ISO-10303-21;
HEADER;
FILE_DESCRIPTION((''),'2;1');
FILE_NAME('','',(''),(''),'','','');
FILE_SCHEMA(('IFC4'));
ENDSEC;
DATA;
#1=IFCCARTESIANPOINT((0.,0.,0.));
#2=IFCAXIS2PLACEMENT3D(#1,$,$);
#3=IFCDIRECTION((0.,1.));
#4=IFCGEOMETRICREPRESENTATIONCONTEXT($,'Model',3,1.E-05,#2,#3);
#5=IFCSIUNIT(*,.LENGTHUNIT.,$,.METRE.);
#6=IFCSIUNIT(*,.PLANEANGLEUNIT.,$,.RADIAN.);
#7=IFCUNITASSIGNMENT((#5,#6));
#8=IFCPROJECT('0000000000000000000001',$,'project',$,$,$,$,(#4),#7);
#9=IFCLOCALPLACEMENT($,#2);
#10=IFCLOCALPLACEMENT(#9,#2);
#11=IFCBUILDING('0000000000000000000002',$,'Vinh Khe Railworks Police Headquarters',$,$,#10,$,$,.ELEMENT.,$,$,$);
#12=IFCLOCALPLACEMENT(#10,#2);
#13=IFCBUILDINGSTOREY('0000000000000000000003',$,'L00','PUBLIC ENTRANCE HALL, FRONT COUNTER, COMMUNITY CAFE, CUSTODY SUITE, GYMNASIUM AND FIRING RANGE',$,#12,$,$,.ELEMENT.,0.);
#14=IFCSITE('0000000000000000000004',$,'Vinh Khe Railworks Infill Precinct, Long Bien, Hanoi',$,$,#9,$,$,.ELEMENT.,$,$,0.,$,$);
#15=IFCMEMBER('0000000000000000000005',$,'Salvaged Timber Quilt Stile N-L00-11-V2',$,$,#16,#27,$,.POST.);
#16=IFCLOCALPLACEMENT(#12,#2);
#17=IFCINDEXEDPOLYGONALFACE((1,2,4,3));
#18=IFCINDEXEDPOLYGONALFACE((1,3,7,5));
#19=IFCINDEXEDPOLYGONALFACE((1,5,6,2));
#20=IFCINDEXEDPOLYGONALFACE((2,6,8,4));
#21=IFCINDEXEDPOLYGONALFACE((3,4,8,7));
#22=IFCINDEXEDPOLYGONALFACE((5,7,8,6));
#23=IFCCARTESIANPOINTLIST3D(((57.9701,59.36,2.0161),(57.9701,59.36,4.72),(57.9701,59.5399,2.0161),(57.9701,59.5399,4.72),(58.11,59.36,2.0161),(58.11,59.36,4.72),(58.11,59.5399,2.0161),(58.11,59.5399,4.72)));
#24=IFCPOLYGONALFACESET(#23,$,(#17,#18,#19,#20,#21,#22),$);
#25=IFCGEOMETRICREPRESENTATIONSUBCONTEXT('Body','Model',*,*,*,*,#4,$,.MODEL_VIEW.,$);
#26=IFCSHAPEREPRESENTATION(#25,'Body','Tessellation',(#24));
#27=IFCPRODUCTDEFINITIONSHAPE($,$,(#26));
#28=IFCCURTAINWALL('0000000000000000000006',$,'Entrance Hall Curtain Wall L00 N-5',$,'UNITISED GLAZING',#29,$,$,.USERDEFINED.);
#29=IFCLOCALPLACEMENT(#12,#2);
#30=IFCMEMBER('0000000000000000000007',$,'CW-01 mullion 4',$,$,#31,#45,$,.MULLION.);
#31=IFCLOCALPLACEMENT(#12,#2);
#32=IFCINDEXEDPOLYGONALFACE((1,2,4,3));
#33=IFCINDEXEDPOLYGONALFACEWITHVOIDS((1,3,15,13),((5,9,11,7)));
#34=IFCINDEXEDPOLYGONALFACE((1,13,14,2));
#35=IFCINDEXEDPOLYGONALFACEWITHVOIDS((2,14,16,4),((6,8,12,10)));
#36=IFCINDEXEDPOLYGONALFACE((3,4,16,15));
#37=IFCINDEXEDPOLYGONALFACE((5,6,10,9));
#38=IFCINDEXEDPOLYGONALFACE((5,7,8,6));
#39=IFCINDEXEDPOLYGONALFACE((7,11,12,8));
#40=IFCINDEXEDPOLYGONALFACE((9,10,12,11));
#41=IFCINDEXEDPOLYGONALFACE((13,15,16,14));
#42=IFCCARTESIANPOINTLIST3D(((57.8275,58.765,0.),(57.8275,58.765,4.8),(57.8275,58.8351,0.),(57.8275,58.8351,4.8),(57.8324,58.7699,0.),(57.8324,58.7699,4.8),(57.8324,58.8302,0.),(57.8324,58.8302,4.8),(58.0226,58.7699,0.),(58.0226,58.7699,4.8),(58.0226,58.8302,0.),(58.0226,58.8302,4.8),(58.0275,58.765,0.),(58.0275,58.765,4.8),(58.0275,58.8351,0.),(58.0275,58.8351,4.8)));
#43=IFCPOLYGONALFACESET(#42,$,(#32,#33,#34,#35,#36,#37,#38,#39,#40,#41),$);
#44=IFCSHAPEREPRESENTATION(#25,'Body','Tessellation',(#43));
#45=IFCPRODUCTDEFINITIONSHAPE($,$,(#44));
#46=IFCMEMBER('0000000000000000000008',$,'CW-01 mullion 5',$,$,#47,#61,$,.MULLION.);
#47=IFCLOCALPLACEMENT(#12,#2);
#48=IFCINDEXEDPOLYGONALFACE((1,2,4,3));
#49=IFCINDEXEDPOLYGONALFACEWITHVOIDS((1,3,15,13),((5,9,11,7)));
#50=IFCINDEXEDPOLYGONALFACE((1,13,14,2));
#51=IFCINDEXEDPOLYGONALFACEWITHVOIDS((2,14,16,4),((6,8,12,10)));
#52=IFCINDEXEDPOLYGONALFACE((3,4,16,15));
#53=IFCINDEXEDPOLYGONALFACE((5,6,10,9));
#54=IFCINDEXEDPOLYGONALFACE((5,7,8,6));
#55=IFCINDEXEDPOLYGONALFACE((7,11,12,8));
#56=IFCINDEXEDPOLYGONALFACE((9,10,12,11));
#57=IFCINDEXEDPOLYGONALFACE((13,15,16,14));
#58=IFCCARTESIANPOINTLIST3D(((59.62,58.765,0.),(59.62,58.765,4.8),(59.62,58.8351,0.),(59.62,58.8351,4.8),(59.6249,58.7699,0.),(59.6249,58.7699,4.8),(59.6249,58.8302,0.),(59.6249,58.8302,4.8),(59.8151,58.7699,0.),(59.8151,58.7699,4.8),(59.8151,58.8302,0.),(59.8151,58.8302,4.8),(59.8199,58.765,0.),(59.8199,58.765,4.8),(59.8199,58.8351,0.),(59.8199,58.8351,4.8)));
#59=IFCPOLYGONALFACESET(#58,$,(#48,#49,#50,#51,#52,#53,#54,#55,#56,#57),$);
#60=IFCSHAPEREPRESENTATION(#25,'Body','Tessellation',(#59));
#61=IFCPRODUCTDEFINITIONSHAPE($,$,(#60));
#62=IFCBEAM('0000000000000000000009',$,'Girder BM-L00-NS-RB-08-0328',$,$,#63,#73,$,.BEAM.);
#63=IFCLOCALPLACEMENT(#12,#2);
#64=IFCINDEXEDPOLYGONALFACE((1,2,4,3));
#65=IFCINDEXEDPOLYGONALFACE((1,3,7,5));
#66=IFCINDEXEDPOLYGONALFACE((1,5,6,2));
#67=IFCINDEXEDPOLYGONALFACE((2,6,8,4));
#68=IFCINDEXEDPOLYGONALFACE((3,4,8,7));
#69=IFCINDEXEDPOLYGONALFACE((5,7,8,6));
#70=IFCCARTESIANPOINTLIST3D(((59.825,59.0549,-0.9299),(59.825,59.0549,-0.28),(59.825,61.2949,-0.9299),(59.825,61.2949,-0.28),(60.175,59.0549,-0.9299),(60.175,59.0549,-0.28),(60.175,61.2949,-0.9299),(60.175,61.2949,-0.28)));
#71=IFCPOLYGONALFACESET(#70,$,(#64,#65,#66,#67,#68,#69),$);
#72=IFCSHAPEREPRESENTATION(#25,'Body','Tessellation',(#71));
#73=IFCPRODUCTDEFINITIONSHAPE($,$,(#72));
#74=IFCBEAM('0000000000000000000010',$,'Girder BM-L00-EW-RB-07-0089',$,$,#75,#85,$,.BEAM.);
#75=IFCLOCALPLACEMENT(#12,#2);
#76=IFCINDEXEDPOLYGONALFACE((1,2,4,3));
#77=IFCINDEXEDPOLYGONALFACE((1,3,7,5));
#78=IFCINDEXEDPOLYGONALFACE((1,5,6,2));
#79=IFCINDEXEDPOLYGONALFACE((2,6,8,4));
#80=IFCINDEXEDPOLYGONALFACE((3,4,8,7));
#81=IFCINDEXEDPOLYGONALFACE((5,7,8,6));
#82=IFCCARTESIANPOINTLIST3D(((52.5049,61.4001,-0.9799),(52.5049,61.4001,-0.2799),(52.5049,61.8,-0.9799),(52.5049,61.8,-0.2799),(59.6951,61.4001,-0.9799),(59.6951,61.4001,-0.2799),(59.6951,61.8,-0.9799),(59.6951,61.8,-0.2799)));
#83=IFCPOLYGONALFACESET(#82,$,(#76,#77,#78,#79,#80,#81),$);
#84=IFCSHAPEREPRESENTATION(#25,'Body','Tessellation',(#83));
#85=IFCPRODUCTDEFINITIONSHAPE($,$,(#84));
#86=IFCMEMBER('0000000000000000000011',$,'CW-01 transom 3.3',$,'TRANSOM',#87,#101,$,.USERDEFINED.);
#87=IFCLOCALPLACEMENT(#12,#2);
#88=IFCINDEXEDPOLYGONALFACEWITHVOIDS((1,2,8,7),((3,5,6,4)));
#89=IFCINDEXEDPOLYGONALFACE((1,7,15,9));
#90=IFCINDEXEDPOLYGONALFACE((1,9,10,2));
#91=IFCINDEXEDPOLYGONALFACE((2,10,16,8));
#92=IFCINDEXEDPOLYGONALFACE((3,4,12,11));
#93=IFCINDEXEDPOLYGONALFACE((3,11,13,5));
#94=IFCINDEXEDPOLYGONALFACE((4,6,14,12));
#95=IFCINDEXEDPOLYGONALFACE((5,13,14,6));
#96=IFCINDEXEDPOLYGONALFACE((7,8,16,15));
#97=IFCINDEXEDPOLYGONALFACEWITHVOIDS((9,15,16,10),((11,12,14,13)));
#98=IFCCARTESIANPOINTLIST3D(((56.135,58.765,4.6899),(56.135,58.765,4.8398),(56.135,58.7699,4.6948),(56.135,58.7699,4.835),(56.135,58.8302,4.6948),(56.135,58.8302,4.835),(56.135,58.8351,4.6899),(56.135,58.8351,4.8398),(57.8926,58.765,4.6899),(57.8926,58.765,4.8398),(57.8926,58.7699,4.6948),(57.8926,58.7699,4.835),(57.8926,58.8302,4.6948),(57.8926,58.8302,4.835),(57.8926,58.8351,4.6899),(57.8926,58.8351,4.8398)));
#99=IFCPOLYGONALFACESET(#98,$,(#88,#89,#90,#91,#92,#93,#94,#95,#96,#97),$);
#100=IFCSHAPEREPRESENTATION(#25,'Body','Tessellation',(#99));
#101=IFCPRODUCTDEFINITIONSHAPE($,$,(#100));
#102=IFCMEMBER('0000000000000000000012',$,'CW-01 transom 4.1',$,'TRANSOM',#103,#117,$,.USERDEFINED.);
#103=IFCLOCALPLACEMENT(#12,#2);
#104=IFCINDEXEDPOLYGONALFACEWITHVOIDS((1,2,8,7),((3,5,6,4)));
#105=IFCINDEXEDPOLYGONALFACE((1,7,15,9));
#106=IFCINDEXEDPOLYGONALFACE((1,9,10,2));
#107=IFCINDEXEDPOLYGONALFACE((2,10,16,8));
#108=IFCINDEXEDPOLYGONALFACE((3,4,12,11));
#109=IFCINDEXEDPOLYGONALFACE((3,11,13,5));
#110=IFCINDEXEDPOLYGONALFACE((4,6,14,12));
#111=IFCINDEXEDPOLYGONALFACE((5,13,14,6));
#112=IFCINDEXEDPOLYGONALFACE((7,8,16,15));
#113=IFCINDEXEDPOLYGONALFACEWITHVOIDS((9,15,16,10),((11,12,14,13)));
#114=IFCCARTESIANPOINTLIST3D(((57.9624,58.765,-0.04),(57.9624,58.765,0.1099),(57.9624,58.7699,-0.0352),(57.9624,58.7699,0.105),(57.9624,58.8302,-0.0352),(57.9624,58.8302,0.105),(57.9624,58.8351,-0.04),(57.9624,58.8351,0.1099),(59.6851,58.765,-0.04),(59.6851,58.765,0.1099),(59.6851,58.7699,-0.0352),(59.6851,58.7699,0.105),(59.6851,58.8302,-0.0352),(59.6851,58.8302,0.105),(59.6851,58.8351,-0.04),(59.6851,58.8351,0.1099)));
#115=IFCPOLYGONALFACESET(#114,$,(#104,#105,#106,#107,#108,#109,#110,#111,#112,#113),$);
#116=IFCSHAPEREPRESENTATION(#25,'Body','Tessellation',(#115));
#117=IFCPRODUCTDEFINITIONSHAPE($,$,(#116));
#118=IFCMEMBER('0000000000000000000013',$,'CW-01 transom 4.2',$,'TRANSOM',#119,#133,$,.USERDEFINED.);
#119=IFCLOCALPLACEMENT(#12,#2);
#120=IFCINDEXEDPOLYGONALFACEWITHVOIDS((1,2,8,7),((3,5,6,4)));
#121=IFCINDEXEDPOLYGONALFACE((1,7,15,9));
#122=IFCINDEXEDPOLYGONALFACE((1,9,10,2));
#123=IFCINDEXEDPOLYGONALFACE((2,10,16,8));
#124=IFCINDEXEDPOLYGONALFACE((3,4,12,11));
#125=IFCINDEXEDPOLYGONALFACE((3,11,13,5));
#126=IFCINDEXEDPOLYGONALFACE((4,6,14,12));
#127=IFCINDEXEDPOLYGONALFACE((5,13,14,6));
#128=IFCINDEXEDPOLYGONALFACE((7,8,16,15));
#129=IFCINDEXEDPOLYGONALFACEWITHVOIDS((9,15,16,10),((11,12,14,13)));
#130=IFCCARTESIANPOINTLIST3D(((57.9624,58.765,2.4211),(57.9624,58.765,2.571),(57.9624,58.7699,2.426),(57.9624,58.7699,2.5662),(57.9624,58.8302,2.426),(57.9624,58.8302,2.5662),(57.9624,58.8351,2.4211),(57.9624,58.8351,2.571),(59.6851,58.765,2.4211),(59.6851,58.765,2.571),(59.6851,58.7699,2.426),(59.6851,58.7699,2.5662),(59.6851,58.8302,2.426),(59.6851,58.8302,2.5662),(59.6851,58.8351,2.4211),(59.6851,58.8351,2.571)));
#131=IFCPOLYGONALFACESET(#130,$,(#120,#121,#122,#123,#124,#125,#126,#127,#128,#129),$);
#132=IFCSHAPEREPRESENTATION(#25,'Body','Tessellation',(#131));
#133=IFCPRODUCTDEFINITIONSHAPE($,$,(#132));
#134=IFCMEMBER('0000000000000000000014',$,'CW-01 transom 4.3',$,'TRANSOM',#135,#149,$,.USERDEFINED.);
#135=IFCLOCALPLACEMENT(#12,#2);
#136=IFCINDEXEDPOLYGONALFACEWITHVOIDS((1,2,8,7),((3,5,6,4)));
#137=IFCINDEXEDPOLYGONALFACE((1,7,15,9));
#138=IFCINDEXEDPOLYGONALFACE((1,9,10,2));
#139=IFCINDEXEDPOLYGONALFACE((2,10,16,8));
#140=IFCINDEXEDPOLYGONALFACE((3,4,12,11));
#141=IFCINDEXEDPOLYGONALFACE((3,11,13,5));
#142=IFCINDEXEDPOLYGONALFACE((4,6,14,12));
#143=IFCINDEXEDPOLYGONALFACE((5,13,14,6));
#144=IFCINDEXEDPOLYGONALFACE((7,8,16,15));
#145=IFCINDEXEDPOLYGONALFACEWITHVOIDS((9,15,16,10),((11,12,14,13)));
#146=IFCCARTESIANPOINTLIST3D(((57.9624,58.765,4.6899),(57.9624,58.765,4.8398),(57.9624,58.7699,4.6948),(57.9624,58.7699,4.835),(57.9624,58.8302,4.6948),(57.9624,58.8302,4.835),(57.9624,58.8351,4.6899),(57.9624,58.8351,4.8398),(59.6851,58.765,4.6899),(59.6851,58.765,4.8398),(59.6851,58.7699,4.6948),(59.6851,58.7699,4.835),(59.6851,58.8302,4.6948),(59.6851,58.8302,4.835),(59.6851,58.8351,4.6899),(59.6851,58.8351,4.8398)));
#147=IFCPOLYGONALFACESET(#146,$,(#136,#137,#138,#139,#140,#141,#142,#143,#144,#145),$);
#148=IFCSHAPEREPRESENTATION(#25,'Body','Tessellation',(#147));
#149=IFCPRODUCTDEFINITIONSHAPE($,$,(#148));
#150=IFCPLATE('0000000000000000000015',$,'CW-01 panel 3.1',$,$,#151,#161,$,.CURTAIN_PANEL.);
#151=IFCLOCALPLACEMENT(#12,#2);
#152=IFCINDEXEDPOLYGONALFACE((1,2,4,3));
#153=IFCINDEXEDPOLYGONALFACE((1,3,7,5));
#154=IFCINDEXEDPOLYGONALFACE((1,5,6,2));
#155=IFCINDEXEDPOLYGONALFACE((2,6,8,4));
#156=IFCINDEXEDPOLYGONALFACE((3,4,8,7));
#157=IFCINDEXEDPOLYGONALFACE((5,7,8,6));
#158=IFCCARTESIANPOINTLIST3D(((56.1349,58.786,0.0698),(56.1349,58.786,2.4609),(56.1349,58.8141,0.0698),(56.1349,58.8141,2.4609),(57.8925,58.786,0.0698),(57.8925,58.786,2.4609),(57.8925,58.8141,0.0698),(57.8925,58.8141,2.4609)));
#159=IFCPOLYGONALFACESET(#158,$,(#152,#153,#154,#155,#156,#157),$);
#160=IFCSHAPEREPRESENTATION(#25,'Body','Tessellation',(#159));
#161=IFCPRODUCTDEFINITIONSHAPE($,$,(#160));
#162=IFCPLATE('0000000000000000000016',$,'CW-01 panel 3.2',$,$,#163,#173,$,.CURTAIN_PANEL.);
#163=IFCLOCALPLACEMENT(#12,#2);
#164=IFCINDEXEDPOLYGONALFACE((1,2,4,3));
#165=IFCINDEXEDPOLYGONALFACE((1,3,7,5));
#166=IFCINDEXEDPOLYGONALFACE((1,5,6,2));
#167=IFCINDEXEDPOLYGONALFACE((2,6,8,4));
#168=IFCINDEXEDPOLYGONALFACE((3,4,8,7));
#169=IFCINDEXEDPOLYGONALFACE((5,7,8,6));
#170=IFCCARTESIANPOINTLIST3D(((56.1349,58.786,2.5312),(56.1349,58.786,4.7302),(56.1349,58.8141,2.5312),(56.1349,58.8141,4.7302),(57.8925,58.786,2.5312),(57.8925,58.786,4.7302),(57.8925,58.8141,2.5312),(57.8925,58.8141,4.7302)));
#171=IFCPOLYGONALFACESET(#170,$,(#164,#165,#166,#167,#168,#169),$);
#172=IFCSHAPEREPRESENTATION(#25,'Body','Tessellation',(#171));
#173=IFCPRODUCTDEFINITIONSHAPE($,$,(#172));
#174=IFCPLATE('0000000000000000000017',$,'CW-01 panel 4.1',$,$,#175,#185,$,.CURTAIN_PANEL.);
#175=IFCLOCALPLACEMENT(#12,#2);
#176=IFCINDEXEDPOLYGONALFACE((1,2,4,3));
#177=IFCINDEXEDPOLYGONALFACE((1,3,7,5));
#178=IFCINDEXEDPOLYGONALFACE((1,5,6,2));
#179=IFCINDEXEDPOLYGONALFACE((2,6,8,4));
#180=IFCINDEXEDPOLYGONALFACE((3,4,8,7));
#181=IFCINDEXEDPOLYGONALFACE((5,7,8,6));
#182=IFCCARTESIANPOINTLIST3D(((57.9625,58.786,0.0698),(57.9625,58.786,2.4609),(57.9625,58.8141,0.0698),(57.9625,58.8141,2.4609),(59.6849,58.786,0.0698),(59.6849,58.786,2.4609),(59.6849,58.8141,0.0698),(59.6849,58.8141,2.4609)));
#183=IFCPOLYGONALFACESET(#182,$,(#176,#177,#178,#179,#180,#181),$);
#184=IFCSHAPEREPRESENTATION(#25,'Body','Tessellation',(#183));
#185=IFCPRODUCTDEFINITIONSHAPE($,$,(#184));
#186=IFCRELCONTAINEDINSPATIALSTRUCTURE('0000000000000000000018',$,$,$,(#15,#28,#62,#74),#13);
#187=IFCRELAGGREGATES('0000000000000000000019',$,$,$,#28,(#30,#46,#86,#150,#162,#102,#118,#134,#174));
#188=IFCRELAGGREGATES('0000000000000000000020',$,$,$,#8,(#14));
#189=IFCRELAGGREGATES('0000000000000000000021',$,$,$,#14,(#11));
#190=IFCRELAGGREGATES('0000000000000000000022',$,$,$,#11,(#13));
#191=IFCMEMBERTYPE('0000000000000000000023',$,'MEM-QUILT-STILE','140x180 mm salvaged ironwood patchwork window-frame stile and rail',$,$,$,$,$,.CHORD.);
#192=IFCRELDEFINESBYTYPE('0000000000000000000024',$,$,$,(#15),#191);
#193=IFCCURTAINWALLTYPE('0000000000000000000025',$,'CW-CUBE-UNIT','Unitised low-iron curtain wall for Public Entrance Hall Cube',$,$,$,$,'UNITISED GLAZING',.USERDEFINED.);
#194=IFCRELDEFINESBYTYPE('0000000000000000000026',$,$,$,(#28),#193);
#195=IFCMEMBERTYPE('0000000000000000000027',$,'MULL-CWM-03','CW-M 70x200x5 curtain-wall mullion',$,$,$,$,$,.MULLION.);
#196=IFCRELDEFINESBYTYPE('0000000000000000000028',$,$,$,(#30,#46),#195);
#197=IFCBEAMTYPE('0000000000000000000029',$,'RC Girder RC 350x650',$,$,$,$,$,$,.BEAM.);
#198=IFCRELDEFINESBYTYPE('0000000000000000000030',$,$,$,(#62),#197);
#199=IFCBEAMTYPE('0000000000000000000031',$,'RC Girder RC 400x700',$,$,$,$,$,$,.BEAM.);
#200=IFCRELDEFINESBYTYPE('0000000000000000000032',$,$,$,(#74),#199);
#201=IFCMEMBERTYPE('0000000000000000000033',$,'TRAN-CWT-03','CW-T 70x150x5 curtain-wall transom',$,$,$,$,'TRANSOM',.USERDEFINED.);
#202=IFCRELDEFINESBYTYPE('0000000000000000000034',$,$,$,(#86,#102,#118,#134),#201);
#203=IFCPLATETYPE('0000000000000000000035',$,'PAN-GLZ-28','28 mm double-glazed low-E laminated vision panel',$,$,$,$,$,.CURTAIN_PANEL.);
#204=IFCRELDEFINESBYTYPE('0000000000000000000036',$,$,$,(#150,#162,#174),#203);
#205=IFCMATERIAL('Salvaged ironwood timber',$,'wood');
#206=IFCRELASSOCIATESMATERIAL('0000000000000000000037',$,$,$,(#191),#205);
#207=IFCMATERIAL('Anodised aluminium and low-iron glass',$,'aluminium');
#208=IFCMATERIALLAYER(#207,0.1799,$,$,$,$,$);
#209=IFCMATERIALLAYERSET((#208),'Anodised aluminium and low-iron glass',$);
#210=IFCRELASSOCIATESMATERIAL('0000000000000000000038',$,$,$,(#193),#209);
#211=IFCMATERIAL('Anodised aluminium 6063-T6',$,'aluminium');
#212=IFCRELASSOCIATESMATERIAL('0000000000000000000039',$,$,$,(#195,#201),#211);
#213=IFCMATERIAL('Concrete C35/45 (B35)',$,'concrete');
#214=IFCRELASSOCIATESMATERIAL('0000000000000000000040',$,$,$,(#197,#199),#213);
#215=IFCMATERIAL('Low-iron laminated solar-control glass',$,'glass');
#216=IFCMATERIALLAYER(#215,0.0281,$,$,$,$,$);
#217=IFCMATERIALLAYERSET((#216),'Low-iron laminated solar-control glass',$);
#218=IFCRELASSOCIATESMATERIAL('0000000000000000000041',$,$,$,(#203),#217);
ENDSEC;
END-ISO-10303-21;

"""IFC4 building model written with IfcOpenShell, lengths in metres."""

from ifc_helpers import new_model, si_unit, direction, frame, origin, origin_2d, place, context, subcontext, project, spatial, rectangle, hollow_rectangle, extrude, material, layer, layer_set, material_profile, profile_set, type_object, element, aggregate, save


model = new_model("IFC4")

# Units and contexts
model_context = context("Model", 3, precision=1e-05, world=origin(), true_north=direction((0.0, 1.0)))
body_context = subcontext(model_context, "Body", "Model", "MODEL_VIEW")
ifc_project = project(units=[si_unit("LENGTHUNIT", "METRE"), si_unit("PLANEANGLEUNIT", "RADIAN")], contexts=[model_context])

# Site, building, storey
site_placement = place(None, origin())
site = spatial("IfcSite", under=ifc_project, at=site_placement, Name="Vinh Khe Railworks Infill Precinct, Long Bien, Hanoi", CompositionType="ELEMENT", RefElevation=0.0)
building_placement = place(site_placement, origin())
building = spatial("IfcBuilding", under=site, at=building_placement, Name="Vinh Khe Railworks Police Headquarters", CompositionType="ELEMENT")
storey_placement = place(building_placement, origin())
storey = spatial("IfcBuildingStorey", under=building, at=storey_placement, Name="L00", Description="PUBLIC ENTRANCE HALL, FRONT COUNTER, COMMUNITY CAFE, CUSTODY SUITE, GYMNASIUM AND FIRING RANGE", CompositionType="ELEMENT", Elevation=0.0)

# Member
ifc_material_1 = material(Name="Salvaged ironwood timber", Category="wood")
ifc_material_profile_1 = material_profile(ifc_material_1, rectangle(XDim=0.1399, YDim=0.1799, at=origin_2d()), Name="TIMBER 140x180")
ifc_profile_set_1 = profile_set([ifc_material_profile_1], Name="Salvaged ironwood timber")
member_type_1 = type_object("IfcMemberType", Name="MEM-QUILT-STILE", Description="140x180 mm salvaged ironwood patchwork window-frame stile and rail", PredefinedType="CHORD", material=ifc_profile_set_1)
member_1_placement = place(storey_placement, frame((58.04, 59.45, 2.0161), z_axis=(0.0, 0.0, 1.0), x_axis=(1.0, 0.0, 0.0)))
element("IfcMember", 1, at=member_1_placement, inside=storey, type_object=member_type_1, Name="Salvaged Timber Quilt Stile N-L00-11-V2", PredefinedType="POST", context=body_context, shape_type="SweptSolid", body=[
    extrude(rectangle(XDim=0.1399, YDim=0.1799, at=origin_2d()), origin(), (0.0, 0.0, 1.0), 2.7039),
])

# Curtain wall, members
ifc_material_2 = material(Name="Anodised aluminium and low-iron glass", Category="aluminium")
ifc_layer_1 = layer(ifc_material_2, 0.1799)
ifc_layer_set_1 = layer_set([ifc_layer_1], Name="Anodised aluminium and low-iron glass")
curtain_wall_type = type_object("IfcCurtainWallType", Name="CW-CUBE-UNIT", Description="Unitised low-iron curtain wall for Public Entrance Hall Cube", ElementType="UNITISED GLAZING", PredefinedType="USERDEFINED", material=ifc_layer_set_1)
curtain_wall_placement = place(storey_placement, origin())
curtain_wall = element("IfcCurtainWall", 2, at=curtain_wall_placement, inside=storey, type_object=curtain_wall_type, Name="Entrance Hall Curtain Wall L00 N-5", ObjectType="UNITISED GLAZING", PredefinedType="USERDEFINED")
ifc_material_3 = material(Name="Anodised aluminium 6063-T6", Category="aluminium")
ifc_material_profile_2 = material_profile(ifc_material_3, hollow_rectangle(XDim=0.0701, YDim=0.2, WallThickness=0.0049, at=origin_2d()), Name="CW-M 70x200x5")
ifc_profile_set_2 = profile_set([ifc_material_profile_2], Name="Anodised aluminium 6063-T6")
member_type_2 = type_object("IfcMemberType", Name="MULL-CWM-03", Description="CW-M 70x200x5 curtain-wall mullion", PredefinedType="MULLION", material=ifc_profile_set_2)
member_2_placement = place(storey_placement, frame((57.9275, 58.8, 0.0), z_axis=(0.0, 0.0, 1.0), x_axis=(0.0, 1.0, 0.0)))
member_2 = element("IfcMember", 3, at=member_2_placement, type_object=member_type_2, Name="CW-01 mullion 4", PredefinedType="MULLION", context=body_context, shape_type="SweptSolid", body=[
    extrude(hollow_rectangle(XDim=0.0701, YDim=0.2, WallThickness=0.0049, at=origin_2d()), origin(), (0.0, 0.0, 1.0), 4.8),
])
member_3_placement = place(storey_placement, frame((59.72, 58.8, 0.0), z_axis=(0.0, 0.0, 1.0), x_axis=(0.0, 1.0, 0.0)))
member_3 = element("IfcMember", 4, at=member_3_placement, type_object=member_type_2, Name="CW-01 mullion 5", PredefinedType="MULLION", context=body_context, shape_type="SweptSolid", body=[
    extrude(hollow_rectangle(XDim=0.0701, YDim=0.2, WallThickness=0.0049, at=origin_2d()), origin(), (0.0, 0.0, 1.0), 4.8),
])

# Beams
ifc_material_4 = material(Name="Concrete C35/45 (B35)", Category="concrete")
ifc_material_profile_3 = material_profile(ifc_material_4, rectangle(XDim=0.3501, YDim=0.6499, at=origin_2d()), Name="RC 350x650")
ifc_profile_set_3 = profile_set([ifc_material_profile_3], Name="Concrete C35/45 (B35)")
beam_type_1 = type_object("IfcBeamType", Name="RC Girder RC 350x650", PredefinedType="BEAM", material=ifc_profile_set_3)
beam_1_placement = place(storey_placement, frame((60.0, 59.0549, -0.605), z_axis=(0.0, 1.0, 0.0), x_axis=(-1.0, 0.0, 0.0)))
element("IfcBeam", 5, at=beam_1_placement, inside=storey, type_object=beam_type_1, Name="Girder BM-L00-NS-RB-08-0328", PredefinedType="BEAM", context=body_context, shape_type="SweptSolid", body=[
    extrude(rectangle(XDim=0.3501, YDim=0.6499, at=origin_2d()), origin(), (0.0, 0.0, 1.0), 2.24),
])
ifc_material_profile_4 = material_profile(ifc_material_4, rectangle(XDim=0.3999, YDim=0.7, at=origin_2d()), Name="RC 400x700")
ifc_profile_set_4 = profile_set([ifc_material_profile_4], Name="Concrete C35/45 (B35)")
beam_type_2 = type_object("IfcBeamType", Name="RC Girder RC 400x700", PredefinedType="BEAM", material=ifc_profile_set_4)
beam_2_placement = place(storey_placement, frame((52.5049, 61.6001, -0.6299), z_axis=(1.0, 0.0, 0.0), x_axis=(0.0, 1.0, 0.0)))
element("IfcBeam", 6, at=beam_2_placement, inside=storey, type_object=beam_type_2, Name="Girder BM-L00-EW-RB-07-0089", PredefinedType="BEAM", context=body_context, shape_type="SweptSolid", body=[
    extrude(rectangle(XDim=0.3999, YDim=0.7, at=origin_2d()), origin(), (0.0, 0.0, 1.0), 7.1902),
])

# Members
ifc_material_profile_5 = material_profile(ifc_material_3, hollow_rectangle(XDim=0.0701, YDim=0.1499, WallThickness=0.0049, at=origin_2d()), Name="CW-T 70x150x5")
ifc_profile_set_5 = profile_set([ifc_material_profile_5], Name="Anodised aluminium 6063-T6")
member_type_3 = type_object("IfcMemberType", Name="TRAN-CWT-03", Description="CW-T 70x150x5 curtain-wall transom", ElementType="TRANSOM", PredefinedType="USERDEFINED", material=ifc_profile_set_5)
member_4_placement = place(storey_placement, frame((56.135, 58.8, 4.7649), z_axis=(1.0, 0.0, 0.0), x_axis=(0.0, 1.0, 0.0)))
member_4 = element("IfcMember", 7, at=member_4_placement, type_object=member_type_3, Name="CW-01 transom 3.3", ObjectType="TRANSOM", PredefinedType="USERDEFINED", context=body_context, shape_type="SweptSolid", body=[
    extrude(hollow_rectangle(XDim=0.0701, YDim=0.1499, WallThickness=0.0049, at=origin_2d()), origin(), (0.0, 0.0, 1.0), 1.7576),
])
member_5_placement = place(storey_placement, frame((57.9624, 58.8, 0.0349), z_axis=(1.0, 0.0, 0.0), x_axis=(0.0, 1.0, 0.0)))
member_5 = element("IfcMember", 8, at=member_5_placement, type_object=member_type_3, Name="CW-01 transom 4.1", ObjectType="TRANSOM", PredefinedType="USERDEFINED", context=body_context, shape_type="SweptSolid", body=[
    extrude(hollow_rectangle(XDim=0.0701, YDim=0.1499, WallThickness=0.0049, at=origin_2d()), origin(), (0.0, 0.0, 1.0), 1.7227),
])
member_6_placement = place(storey_placement, frame((57.9624, 58.8, 2.4961), z_axis=(1.0, 0.0, 0.0), x_axis=(0.0, 1.0, 0.0)))
member_6 = element("IfcMember", 9, at=member_6_placement, type_object=member_type_3, Name="CW-01 transom 4.2", ObjectType="TRANSOM", PredefinedType="USERDEFINED", context=body_context, shape_type="SweptSolid", body=[
    extrude(hollow_rectangle(XDim=0.0701, YDim=0.1499, WallThickness=0.0049, at=origin_2d()), origin(), (0.0, 0.0, 1.0), 1.7227),
])
member_7_placement = place(storey_placement, frame((57.9624, 58.8, 4.7649), z_axis=(1.0, 0.0, 0.0), x_axis=(0.0, 1.0, 0.0)))
member_7 = element("IfcMember", 10, at=member_7_placement, type_object=member_type_3, Name="CW-01 transom 4.3", ObjectType="TRANSOM", PredefinedType="USERDEFINED", context=body_context, shape_type="SweptSolid", body=[
    extrude(hollow_rectangle(XDim=0.0701, YDim=0.1499, WallThickness=0.0049, at=origin_2d()), origin(), (0.0, 0.0, 1.0), 1.7227),
])

# Plates
ifc_material_5 = material(Name="Low-iron laminated solar-control glass", Category="glass")
ifc_layer_2 = layer(ifc_material_5, 0.0281)
ifc_layer_set_2 = layer_set([ifc_layer_2], Name="Low-iron laminated solar-control glass")
plate_type_1 = type_object("IfcPlateType", Name="PAN-GLZ-28", Description="28 mm double-glazed low-E laminated vision panel", PredefinedType="CURTAIN_PANEL", material=ifc_layer_set_2)
plate_1_placement = place(storey_placement, frame((57.0137, 58.8, 0.0698), z_axis=(0.0, 0.0, 1.0), x_axis=(1.0, 0.0, 0.0)))
plate_1 = element("IfcPlate", 11, at=plate_1_placement, type_object=plate_type_1, Name="CW-01 panel 3.1", PredefinedType="CURTAIN_PANEL", context=body_context, shape_type="SweptSolid", body=[
    extrude(rectangle(XDim=1.7576, YDim=0.0281, at=origin_2d()), origin(), (0.0, 0.0, 1.0), 2.3911),
])
plate_2_placement = place(storey_placement, frame((57.0137, 58.8, 2.5312), z_axis=(0.0, 0.0, 1.0), x_axis=(1.0, 0.0, 0.0)))
plate_2 = element("IfcPlate", 12, at=plate_2_placement, type_object=plate_type_1, Name="CW-01 panel 3.2", PredefinedType="CURTAIN_PANEL", context=body_context, shape_type="SweptSolid", body=[
    extrude(rectangle(XDim=1.7576, YDim=0.0281, at=origin_2d()), origin(), (0.0, 0.0, 1.0), 2.199),
])
plate_3_placement = place(storey_placement, frame((58.8237, 58.8, 0.0698), z_axis=(0.0, 0.0, 1.0), x_axis=(1.0, 0.0, 0.0)))
plate_3 = element("IfcPlate", 13, at=plate_3_placement, type_object=plate_type_1, Name="CW-01 panel 4.1", PredefinedType="CURTAIN_PANEL", context=body_context, shape_type="SweptSolid", body=[
    extrude(rectangle(XDim=1.7224, YDim=0.0281, at=origin_2d()), origin(), (0.0, 0.0, 1.0), 2.3911),
])
aggregate(curtain_wall, [member_2, member_3, member_4, plate_1, plate_2, member_5, member_6, member_7, plate_3])

save(model, "model.ifc")
